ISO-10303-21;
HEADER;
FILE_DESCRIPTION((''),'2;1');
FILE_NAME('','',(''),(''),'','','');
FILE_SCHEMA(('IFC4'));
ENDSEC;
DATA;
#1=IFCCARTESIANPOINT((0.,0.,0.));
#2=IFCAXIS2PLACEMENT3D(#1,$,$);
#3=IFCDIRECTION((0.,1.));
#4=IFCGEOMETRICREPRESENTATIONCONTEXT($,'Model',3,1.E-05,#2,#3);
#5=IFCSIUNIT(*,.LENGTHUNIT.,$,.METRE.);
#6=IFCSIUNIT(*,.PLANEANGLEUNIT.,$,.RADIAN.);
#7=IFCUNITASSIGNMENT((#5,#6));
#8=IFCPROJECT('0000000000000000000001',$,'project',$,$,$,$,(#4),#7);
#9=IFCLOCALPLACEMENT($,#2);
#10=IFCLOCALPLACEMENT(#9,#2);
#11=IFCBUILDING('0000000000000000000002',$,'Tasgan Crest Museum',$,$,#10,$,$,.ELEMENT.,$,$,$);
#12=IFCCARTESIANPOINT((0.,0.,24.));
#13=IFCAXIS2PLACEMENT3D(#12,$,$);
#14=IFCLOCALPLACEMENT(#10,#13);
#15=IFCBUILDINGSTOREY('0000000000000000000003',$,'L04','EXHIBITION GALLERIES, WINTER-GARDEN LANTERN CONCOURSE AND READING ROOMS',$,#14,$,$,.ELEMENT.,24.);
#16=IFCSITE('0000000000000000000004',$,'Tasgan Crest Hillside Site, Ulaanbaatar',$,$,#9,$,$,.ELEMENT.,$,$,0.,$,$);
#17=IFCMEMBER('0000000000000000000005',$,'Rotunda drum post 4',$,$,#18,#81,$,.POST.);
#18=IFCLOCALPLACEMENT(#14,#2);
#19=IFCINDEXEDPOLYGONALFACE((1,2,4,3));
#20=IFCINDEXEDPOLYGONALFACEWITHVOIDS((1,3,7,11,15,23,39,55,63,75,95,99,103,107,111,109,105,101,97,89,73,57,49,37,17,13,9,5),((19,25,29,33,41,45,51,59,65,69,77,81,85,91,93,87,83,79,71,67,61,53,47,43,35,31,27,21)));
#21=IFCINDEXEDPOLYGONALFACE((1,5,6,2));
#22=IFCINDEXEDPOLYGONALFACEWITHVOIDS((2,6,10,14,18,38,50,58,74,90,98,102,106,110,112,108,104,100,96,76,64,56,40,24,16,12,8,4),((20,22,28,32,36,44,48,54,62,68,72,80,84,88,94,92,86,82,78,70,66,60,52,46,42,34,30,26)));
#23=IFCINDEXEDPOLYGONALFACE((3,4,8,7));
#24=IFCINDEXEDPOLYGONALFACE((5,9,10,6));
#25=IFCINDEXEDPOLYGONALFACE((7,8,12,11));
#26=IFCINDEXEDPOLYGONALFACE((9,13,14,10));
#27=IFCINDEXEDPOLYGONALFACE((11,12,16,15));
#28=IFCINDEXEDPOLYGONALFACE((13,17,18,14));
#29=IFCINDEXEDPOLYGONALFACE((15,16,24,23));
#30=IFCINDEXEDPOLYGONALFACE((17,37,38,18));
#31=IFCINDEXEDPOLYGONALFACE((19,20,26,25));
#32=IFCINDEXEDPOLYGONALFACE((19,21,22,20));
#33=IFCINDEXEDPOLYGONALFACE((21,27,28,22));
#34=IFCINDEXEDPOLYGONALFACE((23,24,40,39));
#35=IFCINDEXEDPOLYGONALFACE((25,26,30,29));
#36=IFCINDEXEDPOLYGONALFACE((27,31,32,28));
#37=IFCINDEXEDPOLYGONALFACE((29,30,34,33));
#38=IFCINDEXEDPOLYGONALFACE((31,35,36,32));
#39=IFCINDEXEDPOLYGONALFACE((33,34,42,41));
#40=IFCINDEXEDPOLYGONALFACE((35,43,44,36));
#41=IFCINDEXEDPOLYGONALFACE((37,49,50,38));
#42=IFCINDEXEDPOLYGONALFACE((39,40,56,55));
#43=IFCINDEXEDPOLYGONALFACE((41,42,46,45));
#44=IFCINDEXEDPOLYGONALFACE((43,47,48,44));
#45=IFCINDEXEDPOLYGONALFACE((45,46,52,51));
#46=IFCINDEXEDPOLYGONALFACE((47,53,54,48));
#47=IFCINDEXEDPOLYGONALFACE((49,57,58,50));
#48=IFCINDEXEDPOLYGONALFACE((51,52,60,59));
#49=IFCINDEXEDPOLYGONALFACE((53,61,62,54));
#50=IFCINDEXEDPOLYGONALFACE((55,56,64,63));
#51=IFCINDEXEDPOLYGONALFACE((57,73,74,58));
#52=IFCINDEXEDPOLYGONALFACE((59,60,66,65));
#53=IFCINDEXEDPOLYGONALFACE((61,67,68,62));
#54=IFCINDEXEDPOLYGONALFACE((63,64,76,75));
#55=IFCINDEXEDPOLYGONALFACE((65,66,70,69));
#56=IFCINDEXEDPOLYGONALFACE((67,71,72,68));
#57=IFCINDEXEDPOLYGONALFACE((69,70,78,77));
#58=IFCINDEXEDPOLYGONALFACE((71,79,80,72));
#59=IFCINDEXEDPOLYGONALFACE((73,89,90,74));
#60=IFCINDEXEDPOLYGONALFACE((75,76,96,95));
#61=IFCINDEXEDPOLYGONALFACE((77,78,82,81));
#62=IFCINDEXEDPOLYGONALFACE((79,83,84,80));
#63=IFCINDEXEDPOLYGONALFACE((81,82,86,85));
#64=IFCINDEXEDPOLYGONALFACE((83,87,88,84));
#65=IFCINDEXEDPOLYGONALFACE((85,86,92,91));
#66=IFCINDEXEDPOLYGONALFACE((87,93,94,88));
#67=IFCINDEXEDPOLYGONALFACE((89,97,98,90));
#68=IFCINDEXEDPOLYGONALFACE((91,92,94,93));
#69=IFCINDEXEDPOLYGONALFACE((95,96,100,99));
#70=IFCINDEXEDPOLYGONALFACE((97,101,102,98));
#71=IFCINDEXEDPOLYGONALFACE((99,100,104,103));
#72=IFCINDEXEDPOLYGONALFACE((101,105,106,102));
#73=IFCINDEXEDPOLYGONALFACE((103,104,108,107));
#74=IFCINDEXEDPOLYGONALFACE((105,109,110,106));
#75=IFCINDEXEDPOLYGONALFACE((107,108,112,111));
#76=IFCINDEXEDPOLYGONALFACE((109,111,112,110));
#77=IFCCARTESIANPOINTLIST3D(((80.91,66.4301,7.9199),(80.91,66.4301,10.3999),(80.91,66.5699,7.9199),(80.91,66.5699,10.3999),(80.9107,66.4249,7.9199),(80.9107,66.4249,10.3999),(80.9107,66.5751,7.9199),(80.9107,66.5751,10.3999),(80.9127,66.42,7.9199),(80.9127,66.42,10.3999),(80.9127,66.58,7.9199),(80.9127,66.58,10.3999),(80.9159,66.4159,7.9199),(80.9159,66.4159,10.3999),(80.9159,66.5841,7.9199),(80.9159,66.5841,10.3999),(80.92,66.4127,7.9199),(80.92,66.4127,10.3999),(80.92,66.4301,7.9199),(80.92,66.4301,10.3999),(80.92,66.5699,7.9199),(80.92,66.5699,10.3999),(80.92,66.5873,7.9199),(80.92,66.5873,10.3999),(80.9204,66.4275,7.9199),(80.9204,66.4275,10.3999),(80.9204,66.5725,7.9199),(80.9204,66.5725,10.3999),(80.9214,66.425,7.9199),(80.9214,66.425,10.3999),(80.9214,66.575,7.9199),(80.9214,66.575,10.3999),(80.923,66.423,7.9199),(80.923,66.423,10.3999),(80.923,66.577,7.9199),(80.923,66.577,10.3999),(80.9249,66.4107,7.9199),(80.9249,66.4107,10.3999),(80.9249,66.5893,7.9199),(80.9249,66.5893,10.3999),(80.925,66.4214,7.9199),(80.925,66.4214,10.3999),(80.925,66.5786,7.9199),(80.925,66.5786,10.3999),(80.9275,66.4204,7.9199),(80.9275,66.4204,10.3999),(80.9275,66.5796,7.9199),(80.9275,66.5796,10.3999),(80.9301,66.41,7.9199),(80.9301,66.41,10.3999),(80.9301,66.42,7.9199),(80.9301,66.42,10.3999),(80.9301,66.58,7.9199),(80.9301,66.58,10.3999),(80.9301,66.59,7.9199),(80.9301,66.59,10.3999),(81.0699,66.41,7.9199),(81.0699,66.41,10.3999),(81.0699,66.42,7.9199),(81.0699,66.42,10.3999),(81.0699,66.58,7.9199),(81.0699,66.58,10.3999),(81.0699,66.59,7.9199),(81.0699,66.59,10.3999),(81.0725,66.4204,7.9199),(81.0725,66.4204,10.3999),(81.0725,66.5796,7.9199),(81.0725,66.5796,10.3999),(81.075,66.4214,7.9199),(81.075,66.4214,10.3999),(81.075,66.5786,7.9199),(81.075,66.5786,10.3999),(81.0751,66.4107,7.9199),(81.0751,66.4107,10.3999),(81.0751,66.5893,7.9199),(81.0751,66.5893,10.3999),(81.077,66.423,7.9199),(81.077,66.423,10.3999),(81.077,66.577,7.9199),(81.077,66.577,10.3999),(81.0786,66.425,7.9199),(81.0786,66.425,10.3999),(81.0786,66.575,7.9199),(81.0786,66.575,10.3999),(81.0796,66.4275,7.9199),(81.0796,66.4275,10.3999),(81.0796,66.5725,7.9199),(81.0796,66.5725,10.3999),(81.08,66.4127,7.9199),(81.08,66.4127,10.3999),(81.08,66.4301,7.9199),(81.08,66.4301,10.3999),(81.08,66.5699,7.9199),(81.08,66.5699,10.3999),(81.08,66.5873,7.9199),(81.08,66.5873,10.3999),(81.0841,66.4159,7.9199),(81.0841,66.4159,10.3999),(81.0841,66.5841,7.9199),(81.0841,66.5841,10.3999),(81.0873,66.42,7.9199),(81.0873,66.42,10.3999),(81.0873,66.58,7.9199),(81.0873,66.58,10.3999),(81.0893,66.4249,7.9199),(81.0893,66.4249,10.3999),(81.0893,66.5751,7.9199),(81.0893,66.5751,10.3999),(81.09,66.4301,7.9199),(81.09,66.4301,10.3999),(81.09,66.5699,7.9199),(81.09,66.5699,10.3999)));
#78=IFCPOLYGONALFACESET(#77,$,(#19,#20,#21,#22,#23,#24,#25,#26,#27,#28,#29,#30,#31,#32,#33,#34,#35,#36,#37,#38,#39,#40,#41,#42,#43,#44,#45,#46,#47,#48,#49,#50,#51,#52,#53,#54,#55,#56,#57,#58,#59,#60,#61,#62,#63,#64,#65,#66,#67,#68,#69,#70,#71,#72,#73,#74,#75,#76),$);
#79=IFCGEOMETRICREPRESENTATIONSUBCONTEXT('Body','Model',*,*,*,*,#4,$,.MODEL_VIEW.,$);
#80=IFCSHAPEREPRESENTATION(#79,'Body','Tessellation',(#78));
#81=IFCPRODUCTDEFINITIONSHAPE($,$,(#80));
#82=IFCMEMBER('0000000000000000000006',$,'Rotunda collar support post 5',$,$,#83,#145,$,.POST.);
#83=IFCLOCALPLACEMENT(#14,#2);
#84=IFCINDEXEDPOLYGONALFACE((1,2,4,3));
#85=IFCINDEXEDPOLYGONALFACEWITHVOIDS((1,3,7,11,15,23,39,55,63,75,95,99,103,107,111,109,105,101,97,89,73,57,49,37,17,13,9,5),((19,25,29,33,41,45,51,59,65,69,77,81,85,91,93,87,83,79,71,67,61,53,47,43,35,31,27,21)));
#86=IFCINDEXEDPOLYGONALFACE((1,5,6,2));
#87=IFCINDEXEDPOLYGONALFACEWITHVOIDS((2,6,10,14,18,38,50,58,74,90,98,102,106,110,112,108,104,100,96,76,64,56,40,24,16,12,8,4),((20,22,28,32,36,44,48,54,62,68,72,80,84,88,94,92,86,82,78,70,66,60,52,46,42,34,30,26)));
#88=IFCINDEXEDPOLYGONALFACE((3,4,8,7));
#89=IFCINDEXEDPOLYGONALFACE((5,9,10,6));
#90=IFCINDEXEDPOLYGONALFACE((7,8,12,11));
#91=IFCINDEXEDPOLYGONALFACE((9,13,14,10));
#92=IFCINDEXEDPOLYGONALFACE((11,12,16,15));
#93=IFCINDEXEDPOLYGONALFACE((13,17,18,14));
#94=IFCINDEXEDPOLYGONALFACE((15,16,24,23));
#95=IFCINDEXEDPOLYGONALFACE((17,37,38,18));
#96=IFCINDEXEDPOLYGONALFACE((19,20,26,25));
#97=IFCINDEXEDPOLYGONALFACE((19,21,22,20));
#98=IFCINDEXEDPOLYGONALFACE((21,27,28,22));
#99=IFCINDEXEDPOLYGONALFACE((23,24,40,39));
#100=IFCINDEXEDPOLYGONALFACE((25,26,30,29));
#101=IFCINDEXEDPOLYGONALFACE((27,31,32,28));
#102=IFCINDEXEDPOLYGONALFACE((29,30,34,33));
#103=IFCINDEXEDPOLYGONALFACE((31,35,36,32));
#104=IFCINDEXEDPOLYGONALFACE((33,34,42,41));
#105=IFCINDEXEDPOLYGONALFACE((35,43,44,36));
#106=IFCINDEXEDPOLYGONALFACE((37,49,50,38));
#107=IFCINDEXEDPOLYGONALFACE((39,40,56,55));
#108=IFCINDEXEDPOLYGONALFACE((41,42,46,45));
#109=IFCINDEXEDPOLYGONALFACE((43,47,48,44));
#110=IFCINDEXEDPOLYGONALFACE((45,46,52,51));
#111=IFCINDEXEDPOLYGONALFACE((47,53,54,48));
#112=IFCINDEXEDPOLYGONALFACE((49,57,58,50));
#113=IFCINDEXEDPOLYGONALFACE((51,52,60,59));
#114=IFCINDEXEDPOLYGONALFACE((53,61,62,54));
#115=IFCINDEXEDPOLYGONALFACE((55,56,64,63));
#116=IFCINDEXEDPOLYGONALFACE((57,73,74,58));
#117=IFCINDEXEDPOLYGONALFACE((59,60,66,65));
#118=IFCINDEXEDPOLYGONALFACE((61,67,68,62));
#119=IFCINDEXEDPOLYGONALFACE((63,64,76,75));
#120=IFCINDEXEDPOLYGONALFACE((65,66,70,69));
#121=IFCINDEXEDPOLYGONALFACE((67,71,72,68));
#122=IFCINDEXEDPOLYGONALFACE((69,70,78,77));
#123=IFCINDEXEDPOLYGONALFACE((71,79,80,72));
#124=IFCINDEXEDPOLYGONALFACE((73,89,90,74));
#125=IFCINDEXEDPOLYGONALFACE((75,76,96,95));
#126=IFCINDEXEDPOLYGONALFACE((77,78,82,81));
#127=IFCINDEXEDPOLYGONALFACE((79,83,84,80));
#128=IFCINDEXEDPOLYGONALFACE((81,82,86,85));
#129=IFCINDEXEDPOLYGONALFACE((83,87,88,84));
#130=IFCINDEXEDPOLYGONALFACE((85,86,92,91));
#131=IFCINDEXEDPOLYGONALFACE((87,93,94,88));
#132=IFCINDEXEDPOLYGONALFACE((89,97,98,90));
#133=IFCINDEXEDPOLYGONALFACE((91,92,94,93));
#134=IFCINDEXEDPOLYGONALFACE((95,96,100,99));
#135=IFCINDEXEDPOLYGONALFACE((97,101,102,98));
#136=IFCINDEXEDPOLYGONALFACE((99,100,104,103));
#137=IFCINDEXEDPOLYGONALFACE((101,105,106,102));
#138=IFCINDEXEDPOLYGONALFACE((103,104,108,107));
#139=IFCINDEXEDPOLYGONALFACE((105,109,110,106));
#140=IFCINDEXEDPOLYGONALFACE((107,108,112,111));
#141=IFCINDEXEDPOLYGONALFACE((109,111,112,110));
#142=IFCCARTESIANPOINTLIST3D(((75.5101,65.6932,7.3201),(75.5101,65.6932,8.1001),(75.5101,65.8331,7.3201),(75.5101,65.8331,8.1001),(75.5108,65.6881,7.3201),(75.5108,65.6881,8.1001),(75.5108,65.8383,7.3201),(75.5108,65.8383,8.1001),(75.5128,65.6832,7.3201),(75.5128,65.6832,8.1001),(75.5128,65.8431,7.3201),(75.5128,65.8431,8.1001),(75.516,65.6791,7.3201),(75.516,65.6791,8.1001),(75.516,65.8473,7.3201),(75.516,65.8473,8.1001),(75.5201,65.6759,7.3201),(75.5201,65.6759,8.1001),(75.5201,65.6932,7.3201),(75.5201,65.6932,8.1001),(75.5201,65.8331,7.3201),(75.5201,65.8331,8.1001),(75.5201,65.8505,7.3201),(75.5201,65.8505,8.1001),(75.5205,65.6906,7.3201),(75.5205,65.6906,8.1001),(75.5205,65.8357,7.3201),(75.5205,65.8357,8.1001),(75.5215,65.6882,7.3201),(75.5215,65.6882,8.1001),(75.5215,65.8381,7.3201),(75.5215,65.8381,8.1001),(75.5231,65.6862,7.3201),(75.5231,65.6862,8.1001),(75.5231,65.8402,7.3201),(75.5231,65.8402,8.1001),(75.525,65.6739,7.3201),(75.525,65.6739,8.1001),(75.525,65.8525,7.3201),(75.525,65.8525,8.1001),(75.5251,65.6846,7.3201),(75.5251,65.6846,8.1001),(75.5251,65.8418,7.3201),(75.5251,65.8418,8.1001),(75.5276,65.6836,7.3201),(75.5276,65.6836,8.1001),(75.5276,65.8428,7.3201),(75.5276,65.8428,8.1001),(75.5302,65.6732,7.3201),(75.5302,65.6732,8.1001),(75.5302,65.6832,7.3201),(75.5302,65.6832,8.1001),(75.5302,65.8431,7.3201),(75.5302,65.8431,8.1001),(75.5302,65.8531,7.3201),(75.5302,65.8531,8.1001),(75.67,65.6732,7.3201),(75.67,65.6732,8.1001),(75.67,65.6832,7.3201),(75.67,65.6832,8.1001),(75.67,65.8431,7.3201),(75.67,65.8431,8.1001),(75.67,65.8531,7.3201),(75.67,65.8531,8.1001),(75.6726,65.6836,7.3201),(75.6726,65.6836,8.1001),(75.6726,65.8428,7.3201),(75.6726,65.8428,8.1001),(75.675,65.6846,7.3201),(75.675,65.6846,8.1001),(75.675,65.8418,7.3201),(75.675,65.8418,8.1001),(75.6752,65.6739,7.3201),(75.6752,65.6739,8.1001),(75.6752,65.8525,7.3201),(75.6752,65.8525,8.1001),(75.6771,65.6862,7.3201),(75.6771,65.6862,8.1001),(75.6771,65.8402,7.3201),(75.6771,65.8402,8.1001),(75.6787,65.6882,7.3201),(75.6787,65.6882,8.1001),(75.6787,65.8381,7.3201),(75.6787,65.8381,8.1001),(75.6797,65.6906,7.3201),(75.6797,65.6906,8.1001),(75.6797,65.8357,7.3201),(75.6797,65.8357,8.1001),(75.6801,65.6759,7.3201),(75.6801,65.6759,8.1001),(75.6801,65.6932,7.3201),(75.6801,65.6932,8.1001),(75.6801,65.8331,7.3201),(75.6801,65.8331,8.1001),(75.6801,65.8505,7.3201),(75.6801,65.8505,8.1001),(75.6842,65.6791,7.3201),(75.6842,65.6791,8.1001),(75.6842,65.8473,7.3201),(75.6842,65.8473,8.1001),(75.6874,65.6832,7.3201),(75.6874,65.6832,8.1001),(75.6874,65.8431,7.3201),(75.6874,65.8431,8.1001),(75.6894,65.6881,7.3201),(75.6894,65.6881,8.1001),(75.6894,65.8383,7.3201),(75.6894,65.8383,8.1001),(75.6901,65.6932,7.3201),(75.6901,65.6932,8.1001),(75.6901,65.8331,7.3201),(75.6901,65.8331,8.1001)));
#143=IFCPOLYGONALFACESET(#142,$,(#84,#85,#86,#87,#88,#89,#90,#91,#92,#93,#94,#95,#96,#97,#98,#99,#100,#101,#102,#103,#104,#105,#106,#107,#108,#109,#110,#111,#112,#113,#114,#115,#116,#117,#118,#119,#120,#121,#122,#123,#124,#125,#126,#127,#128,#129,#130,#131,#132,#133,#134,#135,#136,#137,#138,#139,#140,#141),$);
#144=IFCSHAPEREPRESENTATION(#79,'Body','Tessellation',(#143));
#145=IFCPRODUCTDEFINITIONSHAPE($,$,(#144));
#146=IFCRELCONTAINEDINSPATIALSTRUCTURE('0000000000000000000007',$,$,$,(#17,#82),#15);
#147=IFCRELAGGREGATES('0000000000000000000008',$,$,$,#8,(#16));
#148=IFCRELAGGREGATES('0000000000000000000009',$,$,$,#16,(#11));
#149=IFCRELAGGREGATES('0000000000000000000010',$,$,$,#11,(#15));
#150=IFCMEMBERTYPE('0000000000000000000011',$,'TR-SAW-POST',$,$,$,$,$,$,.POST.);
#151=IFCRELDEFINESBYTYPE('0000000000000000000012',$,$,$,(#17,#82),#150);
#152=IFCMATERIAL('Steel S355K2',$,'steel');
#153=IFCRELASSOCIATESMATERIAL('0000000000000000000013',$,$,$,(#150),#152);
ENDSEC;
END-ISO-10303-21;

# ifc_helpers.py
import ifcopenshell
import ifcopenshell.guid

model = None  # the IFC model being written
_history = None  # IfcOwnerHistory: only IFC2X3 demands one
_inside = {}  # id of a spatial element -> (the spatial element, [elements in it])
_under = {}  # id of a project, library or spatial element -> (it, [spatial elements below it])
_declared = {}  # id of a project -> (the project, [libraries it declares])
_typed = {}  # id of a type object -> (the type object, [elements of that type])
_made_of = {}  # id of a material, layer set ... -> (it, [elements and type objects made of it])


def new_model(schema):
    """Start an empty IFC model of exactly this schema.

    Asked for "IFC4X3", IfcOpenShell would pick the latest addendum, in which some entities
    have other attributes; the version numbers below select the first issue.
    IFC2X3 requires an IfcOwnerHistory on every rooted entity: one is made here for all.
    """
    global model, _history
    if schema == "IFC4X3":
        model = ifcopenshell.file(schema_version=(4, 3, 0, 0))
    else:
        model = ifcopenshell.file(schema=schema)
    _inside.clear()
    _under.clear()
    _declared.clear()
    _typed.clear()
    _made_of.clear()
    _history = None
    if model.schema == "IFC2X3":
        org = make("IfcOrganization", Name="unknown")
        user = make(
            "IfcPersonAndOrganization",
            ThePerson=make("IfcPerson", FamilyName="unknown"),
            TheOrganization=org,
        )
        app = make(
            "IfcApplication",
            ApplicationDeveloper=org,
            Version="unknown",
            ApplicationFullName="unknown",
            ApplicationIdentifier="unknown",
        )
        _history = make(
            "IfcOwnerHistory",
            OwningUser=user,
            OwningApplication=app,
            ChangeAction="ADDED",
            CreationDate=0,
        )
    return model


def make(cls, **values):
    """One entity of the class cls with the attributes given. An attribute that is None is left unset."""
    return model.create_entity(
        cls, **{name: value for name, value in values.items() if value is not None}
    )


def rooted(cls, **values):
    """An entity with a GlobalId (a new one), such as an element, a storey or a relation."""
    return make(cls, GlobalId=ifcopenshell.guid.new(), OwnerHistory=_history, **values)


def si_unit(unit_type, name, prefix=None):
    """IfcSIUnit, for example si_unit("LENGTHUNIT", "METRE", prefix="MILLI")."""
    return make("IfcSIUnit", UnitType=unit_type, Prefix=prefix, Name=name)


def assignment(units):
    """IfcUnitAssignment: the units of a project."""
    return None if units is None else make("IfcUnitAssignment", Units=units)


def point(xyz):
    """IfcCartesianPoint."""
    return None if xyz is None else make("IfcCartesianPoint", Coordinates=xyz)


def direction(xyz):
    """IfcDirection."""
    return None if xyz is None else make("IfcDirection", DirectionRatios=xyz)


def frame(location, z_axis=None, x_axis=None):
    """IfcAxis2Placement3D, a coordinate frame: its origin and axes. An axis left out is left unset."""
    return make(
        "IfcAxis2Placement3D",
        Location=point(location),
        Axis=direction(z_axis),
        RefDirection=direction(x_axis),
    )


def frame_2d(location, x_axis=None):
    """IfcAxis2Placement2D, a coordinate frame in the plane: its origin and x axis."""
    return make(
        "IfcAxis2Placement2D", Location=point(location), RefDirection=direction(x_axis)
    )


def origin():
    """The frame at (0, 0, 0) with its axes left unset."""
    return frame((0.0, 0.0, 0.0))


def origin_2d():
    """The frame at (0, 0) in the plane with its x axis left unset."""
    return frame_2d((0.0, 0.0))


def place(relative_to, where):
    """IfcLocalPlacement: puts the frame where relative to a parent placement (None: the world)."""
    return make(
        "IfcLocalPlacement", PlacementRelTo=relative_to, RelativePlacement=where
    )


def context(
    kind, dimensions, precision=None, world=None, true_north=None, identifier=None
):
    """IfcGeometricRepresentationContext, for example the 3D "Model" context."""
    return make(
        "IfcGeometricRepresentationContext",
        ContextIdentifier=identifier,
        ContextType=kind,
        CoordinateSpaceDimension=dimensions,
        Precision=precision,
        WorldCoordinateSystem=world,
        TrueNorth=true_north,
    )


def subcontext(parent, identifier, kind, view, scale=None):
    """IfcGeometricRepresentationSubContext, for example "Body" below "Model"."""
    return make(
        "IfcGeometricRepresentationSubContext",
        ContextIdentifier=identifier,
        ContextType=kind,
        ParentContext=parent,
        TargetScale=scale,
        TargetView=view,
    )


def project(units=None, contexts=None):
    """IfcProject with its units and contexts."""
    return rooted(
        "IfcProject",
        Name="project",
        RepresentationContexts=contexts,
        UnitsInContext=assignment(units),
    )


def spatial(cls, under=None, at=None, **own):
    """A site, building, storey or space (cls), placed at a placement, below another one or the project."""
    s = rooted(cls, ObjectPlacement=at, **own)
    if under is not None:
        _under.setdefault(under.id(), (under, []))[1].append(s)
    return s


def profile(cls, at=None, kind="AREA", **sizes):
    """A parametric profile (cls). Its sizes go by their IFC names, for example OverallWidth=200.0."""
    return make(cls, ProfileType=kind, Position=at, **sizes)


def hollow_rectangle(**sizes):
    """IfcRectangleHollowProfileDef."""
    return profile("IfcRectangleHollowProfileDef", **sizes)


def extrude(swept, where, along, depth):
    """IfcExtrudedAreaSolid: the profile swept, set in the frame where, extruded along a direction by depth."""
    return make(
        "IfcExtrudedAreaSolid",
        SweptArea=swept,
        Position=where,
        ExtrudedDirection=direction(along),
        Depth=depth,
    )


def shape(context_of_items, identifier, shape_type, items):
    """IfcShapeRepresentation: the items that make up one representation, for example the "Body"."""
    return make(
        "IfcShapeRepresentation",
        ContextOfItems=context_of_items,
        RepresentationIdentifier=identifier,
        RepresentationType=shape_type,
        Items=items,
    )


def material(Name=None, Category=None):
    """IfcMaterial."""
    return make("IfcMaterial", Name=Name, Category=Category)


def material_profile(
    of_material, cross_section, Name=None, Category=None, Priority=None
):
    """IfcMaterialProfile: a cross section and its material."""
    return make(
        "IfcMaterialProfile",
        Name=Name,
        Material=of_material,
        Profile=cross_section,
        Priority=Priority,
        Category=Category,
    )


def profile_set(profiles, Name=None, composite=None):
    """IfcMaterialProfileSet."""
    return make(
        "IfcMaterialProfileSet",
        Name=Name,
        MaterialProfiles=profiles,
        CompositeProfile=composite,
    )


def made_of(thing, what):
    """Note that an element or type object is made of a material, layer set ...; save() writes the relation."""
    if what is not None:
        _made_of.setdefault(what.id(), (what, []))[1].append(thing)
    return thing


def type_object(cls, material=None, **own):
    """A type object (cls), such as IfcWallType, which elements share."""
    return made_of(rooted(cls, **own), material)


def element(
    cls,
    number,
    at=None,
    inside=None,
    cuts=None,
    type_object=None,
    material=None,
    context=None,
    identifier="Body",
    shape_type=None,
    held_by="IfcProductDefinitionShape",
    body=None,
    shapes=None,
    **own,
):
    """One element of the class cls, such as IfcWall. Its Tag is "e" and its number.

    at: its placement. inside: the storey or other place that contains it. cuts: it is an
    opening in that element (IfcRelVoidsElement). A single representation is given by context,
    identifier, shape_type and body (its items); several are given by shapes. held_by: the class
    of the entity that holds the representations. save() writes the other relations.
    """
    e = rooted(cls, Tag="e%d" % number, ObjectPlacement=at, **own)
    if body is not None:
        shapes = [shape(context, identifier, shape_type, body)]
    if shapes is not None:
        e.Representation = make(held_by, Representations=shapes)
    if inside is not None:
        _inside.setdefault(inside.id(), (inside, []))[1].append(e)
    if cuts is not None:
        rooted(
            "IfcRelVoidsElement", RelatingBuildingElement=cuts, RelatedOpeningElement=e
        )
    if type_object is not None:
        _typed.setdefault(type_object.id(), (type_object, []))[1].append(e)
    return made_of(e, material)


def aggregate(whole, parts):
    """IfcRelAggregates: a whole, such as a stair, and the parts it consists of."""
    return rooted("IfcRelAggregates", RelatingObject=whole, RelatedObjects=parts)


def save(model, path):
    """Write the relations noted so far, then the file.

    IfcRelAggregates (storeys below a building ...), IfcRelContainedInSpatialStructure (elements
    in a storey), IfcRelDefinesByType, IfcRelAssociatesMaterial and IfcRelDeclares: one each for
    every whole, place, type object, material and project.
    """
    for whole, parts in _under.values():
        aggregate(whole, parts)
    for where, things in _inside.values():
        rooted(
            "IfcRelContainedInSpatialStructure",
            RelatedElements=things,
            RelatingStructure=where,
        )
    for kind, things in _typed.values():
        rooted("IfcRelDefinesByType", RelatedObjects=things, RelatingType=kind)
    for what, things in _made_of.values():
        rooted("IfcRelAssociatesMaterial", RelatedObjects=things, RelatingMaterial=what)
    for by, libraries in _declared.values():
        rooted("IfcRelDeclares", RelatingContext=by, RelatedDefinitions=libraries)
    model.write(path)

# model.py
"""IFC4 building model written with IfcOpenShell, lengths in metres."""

from ifc_helpers import new_model, si_unit, direction, frame, origin, origin_2d, place, context, subcontext, project, spatial, hollow_rectangle, extrude, material, material_profile, profile_set, type_object, element, save


model = new_model("IFC4")

# Units and contexts
model_context = context("Model", 3, precision=1e-05, world=origin(), true_north=direction((0.0, 1.0)))
body_context = subcontext(model_context, "Body", "Model", "MODEL_VIEW")
ifc_project = project(units=[si_unit("LENGTHUNIT", "METRE"), si_unit("PLANEANGLEUNIT", "RADIAN")], contexts=[model_context])

# Site, building, storey
site_placement = place(None, origin())
site = spatial("IfcSite", under=ifc_project, at=site_placement, Name="Tasgan Crest Hillside Site, Ulaanbaatar", CompositionType="ELEMENT", RefElevation=0.0)
building_placement = place(site_placement, origin())
building = spatial("IfcBuilding", under=site, at=building_placement, Name="Tasgan Crest Museum", CompositionType="ELEMENT")
storey_placement = place(building_placement, frame((0.0, 0.0, 24.0)))
storey = spatial("IfcBuildingStorey", under=building, at=storey_placement, Name="L04", Description="EXHIBITION GALLERIES, WINTER-GARDEN LANTERN CONCOURSE AND READING ROOMS", CompositionType="ELEMENT", Elevation=24.0)

# Members
ifc_material_1 = material(Name="Steel S355K2", Category="steel")
ifc_material_profile_1 = material_profile(ifc_material_1, hollow_rectangle(XDim=0.1799, YDim=0.1799, WallThickness=0.01, InnerFilletRadius=0.01, OuterFilletRadius=0.02, at=origin_2d()), Name="SHS 180x180x10")
ifc_profile_set_1 = profile_set([ifc_material_profile_1], Name="Steel S355K2")
member_type_1 = type_object("IfcMemberType", Name="TR-SAW-POST", PredefinedType="POST", material=ifc_profile_set_1)
member_1_placement = place(storey_placement, frame((81.0, 66.5, 7.9199), z_axis=(0.0, 0.0, 1.0), x_axis=(1.0, 0.0, 0.0)))
element("IfcMember", 1, at=member_1_placement, inside=storey, type_object=member_type_1, Name="Rotunda drum post 4", PredefinedType="POST", context=body_context, shape_type="SweptSolid", body=[
    extrude(hollow_rectangle(XDim=0.1799, YDim=0.1799, WallThickness=0.01, InnerFilletRadius=0.01, OuterFilletRadius=0.02, at=origin_2d()), origin(), (0.0, 0.0, 1.0), 2.48),
])
for number, where, z_axis, x_axis, name in (
    (2, (75.6001, 65.7632, 7.3201), (0.0, 0.0, 1.0), (1.0, 0.0, 0.0), "Rotunda collar support post 5"),
):
    element("IfcMember", number, at=place(storey_placement, frame(where, z_axis=z_axis, x_axis=x_axis)), inside=storey, type_object=member_type_1, Name=name, PredefinedType="POST", context=body_context, shape_type="SweptSolid", body=[
        extrude(hollow_rectangle(XDim=0.1799, YDim=0.1799, WallThickness=0.01, InnerFilletRadius=0.01, OuterFilletRadius=0.02, at=origin_2d()), origin(), (0.0, 0.0, 1.0), 0.78),
    ])

save(model, "model.ifc")
